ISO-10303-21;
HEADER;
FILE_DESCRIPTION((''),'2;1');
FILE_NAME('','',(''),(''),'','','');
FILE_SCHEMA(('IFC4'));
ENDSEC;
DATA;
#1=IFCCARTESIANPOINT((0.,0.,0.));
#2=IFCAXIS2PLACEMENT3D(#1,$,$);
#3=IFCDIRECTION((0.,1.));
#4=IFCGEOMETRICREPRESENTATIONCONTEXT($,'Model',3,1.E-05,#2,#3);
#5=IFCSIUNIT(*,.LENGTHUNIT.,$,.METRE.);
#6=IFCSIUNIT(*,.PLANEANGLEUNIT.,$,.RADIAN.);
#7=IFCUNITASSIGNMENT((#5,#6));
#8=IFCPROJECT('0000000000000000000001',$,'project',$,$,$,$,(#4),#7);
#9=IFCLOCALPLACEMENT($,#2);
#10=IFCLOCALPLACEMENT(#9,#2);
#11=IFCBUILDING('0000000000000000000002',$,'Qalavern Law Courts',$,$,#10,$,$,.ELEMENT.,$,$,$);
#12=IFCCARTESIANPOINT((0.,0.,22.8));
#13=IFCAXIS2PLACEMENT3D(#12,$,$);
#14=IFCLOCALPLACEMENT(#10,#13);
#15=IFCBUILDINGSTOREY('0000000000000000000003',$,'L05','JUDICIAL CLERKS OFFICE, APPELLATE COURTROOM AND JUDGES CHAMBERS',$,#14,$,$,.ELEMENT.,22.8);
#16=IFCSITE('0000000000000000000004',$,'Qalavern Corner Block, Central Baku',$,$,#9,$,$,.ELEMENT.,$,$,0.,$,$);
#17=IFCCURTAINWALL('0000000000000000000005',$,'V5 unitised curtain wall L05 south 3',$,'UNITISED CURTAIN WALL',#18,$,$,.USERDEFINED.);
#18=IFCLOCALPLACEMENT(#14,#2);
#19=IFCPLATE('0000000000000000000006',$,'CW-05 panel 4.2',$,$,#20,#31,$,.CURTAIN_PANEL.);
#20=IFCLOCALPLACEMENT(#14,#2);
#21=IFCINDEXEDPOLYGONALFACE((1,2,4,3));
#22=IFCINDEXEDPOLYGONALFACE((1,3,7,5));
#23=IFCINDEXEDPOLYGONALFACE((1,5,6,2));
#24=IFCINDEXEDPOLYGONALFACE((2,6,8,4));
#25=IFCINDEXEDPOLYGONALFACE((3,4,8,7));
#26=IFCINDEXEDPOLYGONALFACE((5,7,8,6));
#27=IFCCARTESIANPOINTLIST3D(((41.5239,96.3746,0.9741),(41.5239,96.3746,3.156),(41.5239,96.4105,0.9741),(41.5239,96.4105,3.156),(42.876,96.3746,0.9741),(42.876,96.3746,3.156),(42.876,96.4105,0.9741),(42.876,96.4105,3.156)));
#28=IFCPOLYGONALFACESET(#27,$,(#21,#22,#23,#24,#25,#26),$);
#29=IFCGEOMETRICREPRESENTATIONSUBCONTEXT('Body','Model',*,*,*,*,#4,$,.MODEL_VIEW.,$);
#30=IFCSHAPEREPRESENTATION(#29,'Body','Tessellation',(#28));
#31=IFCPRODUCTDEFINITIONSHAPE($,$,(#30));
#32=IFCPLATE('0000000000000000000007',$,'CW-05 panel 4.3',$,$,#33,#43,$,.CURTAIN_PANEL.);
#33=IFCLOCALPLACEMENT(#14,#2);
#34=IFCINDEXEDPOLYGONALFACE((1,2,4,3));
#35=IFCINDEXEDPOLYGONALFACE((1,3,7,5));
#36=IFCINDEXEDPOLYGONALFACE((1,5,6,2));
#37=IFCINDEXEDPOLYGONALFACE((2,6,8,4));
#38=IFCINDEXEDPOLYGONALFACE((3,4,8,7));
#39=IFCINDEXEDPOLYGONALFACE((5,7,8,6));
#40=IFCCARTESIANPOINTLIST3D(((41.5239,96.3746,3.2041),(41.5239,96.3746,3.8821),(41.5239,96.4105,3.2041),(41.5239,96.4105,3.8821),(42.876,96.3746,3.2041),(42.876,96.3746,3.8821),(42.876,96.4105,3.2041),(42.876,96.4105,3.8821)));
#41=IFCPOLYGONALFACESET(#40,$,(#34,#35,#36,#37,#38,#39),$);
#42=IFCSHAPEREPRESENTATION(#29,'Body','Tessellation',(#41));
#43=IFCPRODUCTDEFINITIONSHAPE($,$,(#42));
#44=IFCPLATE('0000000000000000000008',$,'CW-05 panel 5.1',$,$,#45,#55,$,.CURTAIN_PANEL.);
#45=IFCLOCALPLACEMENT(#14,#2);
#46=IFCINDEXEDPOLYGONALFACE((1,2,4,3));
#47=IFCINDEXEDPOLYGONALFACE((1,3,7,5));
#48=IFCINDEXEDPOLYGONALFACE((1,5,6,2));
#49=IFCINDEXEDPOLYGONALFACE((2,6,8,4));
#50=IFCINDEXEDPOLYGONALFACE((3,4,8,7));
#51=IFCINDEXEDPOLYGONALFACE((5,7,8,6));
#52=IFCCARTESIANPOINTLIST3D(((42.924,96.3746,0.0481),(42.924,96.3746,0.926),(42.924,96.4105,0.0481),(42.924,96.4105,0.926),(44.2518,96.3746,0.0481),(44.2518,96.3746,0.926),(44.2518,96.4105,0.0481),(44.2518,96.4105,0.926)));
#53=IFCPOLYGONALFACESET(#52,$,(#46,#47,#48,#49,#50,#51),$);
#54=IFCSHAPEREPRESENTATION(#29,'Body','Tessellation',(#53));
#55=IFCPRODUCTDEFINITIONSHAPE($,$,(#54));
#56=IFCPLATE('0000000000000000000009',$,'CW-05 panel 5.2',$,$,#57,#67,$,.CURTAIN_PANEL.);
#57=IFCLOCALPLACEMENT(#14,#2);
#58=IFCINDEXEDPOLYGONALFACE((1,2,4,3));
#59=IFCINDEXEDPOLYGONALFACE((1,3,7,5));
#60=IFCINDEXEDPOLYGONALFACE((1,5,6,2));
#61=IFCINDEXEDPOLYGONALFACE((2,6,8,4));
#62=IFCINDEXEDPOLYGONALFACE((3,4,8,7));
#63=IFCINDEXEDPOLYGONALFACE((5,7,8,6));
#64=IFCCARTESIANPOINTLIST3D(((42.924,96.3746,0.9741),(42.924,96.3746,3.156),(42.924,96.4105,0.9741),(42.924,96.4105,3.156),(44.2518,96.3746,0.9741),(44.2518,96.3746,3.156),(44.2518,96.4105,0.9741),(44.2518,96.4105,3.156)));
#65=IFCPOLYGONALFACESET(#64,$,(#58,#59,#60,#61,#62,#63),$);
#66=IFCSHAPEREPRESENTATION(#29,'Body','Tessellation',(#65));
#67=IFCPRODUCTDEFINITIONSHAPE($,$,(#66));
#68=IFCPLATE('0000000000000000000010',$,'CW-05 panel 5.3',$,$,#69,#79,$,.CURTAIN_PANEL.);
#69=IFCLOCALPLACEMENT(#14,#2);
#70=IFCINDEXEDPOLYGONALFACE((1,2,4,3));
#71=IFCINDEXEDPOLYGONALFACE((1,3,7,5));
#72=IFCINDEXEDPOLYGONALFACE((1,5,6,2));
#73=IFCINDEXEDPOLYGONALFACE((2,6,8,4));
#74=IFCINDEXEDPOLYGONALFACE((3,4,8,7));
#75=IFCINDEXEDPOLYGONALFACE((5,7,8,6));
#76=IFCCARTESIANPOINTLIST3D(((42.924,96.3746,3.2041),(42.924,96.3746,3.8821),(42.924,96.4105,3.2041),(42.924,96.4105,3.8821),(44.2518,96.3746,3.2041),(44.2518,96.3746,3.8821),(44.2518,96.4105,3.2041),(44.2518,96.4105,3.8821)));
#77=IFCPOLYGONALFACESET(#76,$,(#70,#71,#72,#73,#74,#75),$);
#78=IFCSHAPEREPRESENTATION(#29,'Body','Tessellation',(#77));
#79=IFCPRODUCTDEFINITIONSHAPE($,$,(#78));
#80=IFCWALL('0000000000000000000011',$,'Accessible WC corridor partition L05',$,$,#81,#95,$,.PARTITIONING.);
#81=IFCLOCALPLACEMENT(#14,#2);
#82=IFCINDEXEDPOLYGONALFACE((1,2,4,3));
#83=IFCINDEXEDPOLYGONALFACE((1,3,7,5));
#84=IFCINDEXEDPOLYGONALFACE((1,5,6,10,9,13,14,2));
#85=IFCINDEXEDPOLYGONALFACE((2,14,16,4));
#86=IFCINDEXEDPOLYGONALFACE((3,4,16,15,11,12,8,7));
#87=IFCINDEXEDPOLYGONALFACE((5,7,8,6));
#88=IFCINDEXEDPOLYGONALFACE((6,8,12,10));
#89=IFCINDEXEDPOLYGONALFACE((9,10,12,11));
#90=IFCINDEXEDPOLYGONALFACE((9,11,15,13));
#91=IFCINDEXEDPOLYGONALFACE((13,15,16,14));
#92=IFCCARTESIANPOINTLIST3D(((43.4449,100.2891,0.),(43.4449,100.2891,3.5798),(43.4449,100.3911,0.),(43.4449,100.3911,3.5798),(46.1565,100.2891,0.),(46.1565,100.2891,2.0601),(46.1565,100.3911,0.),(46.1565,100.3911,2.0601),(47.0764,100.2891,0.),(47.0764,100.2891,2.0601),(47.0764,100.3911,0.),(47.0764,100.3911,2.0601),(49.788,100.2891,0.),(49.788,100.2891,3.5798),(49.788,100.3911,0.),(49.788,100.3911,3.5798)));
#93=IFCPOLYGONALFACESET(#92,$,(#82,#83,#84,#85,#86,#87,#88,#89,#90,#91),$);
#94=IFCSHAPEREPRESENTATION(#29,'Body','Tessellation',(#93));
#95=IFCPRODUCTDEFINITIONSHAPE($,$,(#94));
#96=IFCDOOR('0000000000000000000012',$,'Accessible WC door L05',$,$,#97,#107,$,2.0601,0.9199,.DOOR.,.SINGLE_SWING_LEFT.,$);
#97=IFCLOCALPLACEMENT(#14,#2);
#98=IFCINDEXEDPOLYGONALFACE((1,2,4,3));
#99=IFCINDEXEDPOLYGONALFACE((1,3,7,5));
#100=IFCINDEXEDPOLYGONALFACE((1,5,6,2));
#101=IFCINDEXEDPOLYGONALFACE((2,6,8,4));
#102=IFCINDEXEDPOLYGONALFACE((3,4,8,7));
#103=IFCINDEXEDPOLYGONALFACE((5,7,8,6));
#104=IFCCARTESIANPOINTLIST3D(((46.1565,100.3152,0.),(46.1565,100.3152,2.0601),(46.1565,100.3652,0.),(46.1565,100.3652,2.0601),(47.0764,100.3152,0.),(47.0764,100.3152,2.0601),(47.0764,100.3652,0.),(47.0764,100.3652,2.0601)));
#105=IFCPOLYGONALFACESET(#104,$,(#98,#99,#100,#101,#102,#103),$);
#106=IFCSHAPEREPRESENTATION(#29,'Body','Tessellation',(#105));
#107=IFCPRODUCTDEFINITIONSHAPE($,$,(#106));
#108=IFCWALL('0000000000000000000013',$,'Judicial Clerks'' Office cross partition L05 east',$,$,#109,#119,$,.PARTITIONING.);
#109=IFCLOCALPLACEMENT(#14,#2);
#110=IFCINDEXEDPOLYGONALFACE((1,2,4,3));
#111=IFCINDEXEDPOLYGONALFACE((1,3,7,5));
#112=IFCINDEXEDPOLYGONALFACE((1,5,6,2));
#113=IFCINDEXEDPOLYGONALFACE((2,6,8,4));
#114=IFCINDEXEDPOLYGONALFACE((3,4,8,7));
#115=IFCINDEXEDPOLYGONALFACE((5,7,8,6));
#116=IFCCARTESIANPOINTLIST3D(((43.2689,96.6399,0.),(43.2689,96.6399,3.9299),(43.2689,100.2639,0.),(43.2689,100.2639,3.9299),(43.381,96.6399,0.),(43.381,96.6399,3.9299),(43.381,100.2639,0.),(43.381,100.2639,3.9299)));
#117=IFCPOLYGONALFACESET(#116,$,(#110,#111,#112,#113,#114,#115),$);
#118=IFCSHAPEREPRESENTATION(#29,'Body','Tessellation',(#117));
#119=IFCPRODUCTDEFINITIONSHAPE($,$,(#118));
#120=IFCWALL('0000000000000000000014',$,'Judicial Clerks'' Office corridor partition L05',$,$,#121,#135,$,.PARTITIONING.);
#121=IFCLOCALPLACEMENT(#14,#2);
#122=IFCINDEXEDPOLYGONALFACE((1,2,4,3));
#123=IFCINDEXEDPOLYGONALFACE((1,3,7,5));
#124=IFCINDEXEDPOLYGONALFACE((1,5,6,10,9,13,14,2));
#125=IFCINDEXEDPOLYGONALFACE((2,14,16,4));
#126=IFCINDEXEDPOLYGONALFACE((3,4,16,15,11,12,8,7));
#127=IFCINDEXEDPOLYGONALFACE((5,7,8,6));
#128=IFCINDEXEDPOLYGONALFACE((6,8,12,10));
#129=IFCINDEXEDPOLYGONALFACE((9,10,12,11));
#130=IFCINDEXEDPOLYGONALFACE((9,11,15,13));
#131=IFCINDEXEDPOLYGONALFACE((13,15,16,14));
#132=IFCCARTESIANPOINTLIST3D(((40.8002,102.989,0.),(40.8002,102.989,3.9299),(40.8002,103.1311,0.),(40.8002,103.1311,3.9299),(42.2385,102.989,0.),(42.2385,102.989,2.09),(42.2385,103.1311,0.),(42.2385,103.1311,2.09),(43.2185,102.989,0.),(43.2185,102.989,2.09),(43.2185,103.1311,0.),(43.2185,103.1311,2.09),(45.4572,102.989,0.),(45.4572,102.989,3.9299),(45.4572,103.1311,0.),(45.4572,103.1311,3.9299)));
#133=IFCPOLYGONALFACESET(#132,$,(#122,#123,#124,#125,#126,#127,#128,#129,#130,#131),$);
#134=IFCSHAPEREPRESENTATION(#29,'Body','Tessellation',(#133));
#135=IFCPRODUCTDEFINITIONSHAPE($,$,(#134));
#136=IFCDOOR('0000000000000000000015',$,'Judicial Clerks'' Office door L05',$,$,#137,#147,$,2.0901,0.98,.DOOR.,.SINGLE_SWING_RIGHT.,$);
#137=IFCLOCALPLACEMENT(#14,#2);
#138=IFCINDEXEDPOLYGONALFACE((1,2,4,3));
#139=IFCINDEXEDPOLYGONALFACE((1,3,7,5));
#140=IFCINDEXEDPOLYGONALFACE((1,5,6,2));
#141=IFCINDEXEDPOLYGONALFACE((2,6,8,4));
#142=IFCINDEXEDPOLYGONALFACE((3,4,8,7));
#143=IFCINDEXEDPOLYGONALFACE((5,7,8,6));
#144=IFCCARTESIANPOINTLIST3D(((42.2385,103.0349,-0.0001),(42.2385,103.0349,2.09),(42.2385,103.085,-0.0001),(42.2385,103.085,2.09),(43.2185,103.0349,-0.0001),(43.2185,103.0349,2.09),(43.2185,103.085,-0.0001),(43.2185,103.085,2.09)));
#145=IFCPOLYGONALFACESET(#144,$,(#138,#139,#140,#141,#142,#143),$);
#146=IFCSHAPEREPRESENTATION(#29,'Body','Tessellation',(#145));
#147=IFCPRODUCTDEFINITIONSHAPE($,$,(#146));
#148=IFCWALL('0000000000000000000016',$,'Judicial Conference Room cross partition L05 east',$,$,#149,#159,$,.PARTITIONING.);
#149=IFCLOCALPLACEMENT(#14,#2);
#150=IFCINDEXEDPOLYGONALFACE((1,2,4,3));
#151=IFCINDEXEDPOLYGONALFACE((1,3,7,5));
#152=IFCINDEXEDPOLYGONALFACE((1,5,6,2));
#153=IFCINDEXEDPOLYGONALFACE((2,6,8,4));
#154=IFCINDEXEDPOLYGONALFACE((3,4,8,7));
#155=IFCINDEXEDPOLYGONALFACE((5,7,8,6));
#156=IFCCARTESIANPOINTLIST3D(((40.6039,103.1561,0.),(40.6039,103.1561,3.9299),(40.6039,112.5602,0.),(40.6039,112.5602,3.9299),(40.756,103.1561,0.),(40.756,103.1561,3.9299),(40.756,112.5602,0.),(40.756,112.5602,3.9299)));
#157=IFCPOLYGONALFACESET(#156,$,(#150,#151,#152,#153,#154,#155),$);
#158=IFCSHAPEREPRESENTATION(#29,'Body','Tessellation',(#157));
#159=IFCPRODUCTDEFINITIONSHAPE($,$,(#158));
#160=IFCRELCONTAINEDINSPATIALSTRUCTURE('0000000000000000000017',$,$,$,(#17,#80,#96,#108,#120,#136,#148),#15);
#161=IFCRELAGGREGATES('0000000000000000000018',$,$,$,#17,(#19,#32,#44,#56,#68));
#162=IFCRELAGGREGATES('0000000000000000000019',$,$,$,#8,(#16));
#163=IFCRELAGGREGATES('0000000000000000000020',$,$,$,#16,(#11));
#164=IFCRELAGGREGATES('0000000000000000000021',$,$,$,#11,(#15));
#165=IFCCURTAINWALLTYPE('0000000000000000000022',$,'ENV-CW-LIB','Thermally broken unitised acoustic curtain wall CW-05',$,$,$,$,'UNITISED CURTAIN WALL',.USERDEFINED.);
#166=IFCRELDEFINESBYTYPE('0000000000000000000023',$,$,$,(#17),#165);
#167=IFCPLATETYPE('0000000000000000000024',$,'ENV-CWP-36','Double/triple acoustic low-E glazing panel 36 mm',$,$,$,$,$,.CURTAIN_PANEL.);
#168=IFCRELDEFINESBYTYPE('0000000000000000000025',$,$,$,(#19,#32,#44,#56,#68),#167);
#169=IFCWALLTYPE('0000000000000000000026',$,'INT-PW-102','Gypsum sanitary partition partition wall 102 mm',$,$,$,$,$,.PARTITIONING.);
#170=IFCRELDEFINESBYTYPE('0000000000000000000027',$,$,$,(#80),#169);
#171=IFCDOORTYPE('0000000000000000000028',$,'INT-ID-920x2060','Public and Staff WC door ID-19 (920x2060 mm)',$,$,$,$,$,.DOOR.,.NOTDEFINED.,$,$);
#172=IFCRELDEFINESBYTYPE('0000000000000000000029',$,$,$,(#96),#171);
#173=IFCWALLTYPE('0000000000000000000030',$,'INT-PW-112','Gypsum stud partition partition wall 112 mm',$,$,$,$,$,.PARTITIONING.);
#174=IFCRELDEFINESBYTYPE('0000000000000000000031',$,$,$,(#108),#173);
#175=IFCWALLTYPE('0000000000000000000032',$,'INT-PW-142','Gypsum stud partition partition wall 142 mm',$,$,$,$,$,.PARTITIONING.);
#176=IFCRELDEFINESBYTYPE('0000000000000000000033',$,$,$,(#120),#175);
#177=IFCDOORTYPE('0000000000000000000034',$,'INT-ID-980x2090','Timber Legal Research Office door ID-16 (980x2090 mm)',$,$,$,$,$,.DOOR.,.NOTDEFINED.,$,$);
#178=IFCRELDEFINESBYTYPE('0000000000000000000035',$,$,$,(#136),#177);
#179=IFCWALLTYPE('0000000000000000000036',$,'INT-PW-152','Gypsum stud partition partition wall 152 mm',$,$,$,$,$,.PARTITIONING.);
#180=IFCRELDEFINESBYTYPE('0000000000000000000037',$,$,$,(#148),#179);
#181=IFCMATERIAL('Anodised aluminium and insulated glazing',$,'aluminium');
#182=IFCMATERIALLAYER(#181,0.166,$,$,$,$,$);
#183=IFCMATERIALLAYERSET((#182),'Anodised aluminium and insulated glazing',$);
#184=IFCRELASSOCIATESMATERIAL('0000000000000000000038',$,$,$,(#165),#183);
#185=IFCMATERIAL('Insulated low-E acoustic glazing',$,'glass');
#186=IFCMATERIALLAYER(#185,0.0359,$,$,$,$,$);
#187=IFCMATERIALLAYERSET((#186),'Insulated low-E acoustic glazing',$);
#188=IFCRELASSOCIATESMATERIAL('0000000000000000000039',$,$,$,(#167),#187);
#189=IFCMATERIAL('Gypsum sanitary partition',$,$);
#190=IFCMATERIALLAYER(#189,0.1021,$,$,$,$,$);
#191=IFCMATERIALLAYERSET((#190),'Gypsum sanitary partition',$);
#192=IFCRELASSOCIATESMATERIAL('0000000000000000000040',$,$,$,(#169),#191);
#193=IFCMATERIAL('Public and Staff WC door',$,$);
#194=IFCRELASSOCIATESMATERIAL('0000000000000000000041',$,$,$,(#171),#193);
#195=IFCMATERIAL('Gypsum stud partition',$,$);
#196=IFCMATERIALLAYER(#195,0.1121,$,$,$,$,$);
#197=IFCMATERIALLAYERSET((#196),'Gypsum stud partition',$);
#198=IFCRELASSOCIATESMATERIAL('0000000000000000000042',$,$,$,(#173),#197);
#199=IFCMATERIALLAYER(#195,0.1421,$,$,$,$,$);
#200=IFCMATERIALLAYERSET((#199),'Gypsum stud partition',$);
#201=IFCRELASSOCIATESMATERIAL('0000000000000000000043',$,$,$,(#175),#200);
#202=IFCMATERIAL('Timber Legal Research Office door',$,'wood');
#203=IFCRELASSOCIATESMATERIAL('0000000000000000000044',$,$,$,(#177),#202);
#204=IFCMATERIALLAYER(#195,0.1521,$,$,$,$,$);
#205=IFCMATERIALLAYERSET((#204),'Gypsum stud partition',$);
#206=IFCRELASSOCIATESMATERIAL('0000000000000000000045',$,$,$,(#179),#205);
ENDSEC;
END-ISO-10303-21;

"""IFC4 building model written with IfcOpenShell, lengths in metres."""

from ifc_helpers import new_model, si_unit, direction, frame, frame_2d, origin, origin_2d, place, context, subcontext, project, spatial, rectangle, extrude, material, layer, layer_set, type_object, element, fill, aggregate, save


model = new_model("IFC4")

# Units and contexts
model_context = context("Model", 3, precision=1e-05, world=origin(), true_north=direction((0.0, 1.0)))
body_context = subcontext(model_context, "Body", "Model", "MODEL_VIEW")
ifc_project = project(units=[si_unit("LENGTHUNIT", "METRE"), si_unit("PLANEANGLEUNIT", "RADIAN")], contexts=[model_context])

# Site, building, storey
site_placement = place(None, origin())
site = spatial("IfcSite", under=ifc_project, at=site_placement, Name="Qalavern Corner Block, Central Baku", CompositionType="ELEMENT", RefElevation=0.0)
building_placement = place(site_placement, origin())
building = spatial("IfcBuilding", under=site, at=building_placement, Name="Qalavern Law Courts", CompositionType="ELEMENT")
storey_placement = place(building_placement, frame((0.0, 0.0, 22.8)))
storey = spatial("IfcBuildingStorey", under=building, at=storey_placement, Name="L05", Description="JUDICIAL CLERKS OFFICE, APPELLATE COURTROOM AND JUDGES CHAMBERS", CompositionType="ELEMENT", Elevation=22.8)

# Curtain wall, plates
ifc_material_1 = material(Name="Anodised aluminium and insulated glazing", Category="aluminium")
ifc_layer_1 = layer(ifc_material_1, 0.166)
ifc_layer_set_1 = layer_set([ifc_layer_1], Name="Anodised aluminium and insulated glazing")
curtain_wall_type = type_object("IfcCurtainWallType", Name="ENV-CW-LIB", Description="Thermally broken unitised acoustic curtain wall CW-05", ElementType="UNITISED CURTAIN WALL", PredefinedType="USERDEFINED", material=ifc_layer_set_1)
curtain_wall_placement = place(storey_placement, origin())
curtain_wall = element("IfcCurtainWall", 1, at=curtain_wall_placement, inside=storey, type_object=curtain_wall_type, Name="V5 unitised curtain wall L05 south 3", ObjectType="UNITISED CURTAIN WALL", PredefinedType="USERDEFINED")
ifc_material_2 = material(Name="Insulated low-E acoustic glazing", Category="glass")
ifc_layer_2 = layer(ifc_material_2, 0.0359)
ifc_layer_set_2 = layer_set([ifc_layer_2], Name="Insulated low-E acoustic glazing")
plate_type = type_object("IfcPlateType", Name="ENV-CWP-36", Description="Double/triple acoustic low-E glazing panel 36 mm", PredefinedType="CURTAIN_PANEL", material=ifc_layer_set_2)
plate_1_placement = place(storey_placement, frame((42.2, 96.3926, 0.9741), z_axis=(0.0, 0.0, 1.0), x_axis=(1.0, 0.0, 0.0)))
plate_1 = element("IfcPlate", 2, at=plate_1_placement, type_object=plate_type, Name="CW-05 panel 4.2", PredefinedType="CURTAIN_PANEL", context=body_context, shape_type="SweptSolid", body=[
    extrude(rectangle(XDim=1.3521, YDim=0.0359, at=origin_2d()), origin(), (0.0, 0.0, 1.0), 2.1819),
])
plate_2_placement = place(storey_placement, frame((42.2, 96.3926, 3.2041), z_axis=(0.0, 0.0, 1.0), x_axis=(1.0, 0.0, 0.0)))
plate_2 = element("IfcPlate", 3, at=plate_2_placement, type_object=plate_type, Name="CW-05 panel 4.3", PredefinedType="CURTAIN_PANEL", context=body_context, shape_type="SweptSolid", body=[
    extrude(rectangle(XDim=1.3521, YDim=0.0359, at=origin_2d()), origin(), (0.0, 0.0, 1.0), 0.678),
])
plate_3_placement = place(storey_placement, frame((43.5879, 96.3926, 0.0481), z_axis=(0.0, 0.0, 1.0), x_axis=(1.0, 0.0, 0.0)))
plate_3 = element("IfcPlate", 4, at=plate_3_placement, type_object=plate_type, Name="CW-05 panel 5.1", PredefinedType="CURTAIN_PANEL", context=body_context, shape_type="SweptSolid", body=[
    extrude(rectangle(XDim=1.3279, YDim=0.0359, at=origin_2d()), origin(), (0.0, 0.0, 1.0), 0.8779),
])
plate_4_placement = place(storey_placement, frame((43.5879, 96.3926, 0.9741), z_axis=(0.0, 0.0, 1.0), x_axis=(1.0, 0.0, 0.0)))
plate_4 = element("IfcPlate", 5, at=plate_4_placement, type_object=plate_type, Name="CW-05 panel 5.2", PredefinedType="CURTAIN_PANEL", context=body_context, shape_type="SweptSolid", body=[
    extrude(rectangle(XDim=1.3279, YDim=0.0359, at=origin_2d()), origin(), (0.0, 0.0, 1.0), 2.1819),
])
plate_5_placement = place(storey_placement, frame((43.5879, 96.3926, 3.2041), z_axis=(0.0, 0.0, 1.0), x_axis=(1.0, 0.0, 0.0)))
plate_5 = element("IfcPlate", 6, at=plate_5_placement, type_object=plate_type, Name="CW-05 panel 5.3", PredefinedType="CURTAIN_PANEL", context=body_context, shape_type="SweptSolid", body=[
    extrude(rectangle(XDim=1.3279, YDim=0.0359, at=origin_2d()), origin(), (0.0, 0.0, 1.0), 0.678),
])
aggregate(curtain_wall, [plate_1, plate_2, plate_3, plate_4, plate_5])

# Wall, opening, door
ifc_material_3 = material(Name="Gypsum sanitary partition")
ifc_layer_3 = layer(ifc_material_3, 0.1021)
ifc_layer_set_3 = layer_set([ifc_layer_3], Name="Gypsum sanitary partition")
wall_type_1 = type_object("IfcWallType", Name="INT-PW-102", Description="Gypsum sanitary partition partition wall 102 mm", PredefinedType="PARTITIONING", material=ifc_layer_set_3)
wall_1_placement = place(storey_placement, frame((43.4451, 100.3401, 0.0), z_axis=(0.0, 0.0, 1.0), x_axis=(1.0, 0.0, 0.0)))
wall_1 = element("IfcWall", 7, at=wall_1_placement, inside=storey, type_object=wall_type_1, Name="Accessible WC corridor partition L05", PredefinedType="PARTITIONING", context=body_context, shape_type="SweptSolid", body=[
    extrude(rectangle(XDim=6.343, YDim=0.1021, at=frame_2d((3.1714, 0.0))), origin(), (0.0, 0.0, 1.0), 3.5798),
])
opening_1_placement = place(wall_1_placement, frame((2.7114, 0.0, 0.0)))
opening_1 = element("IfcOpeningElement", 8, at=opening_1_placement, cuts=wall_1, PredefinedType="OPENING", context=body_context, shape_type="SweptSolid", body=[
    extrude(rectangle(XDim=0.9199, YDim=2.0601, at=frame_2d((0.46, 1.03))), frame((0.0, 0.0659, 0.0), z_axis=(0.0, -1.0, 0.0), x_axis=(1.0, 0.0, 0.0)), (0.0, 0.0, 1.0), 0.1318),
])
ifc_material_4 = material(Name="Public and Staff WC door")
door_type_1 = type_object("IfcDoorType", Name="INT-ID-920x2060", Description="Public and Staff WC door ID-19 (920x2060 mm)", OperationType="NOTDEFINED", PredefinedType="DOOR", material=ifc_material_4)
door_1_placement = place(opening_1_placement, frame((0.9199, 0.0, 0.0), z_axis=(0.0, 0.0, 1.0), x_axis=(-1.0, 0.0, 0.0)))
door_1 = element("IfcDoor", 9, at=door_1_placement, inside=storey, type_object=door_type_1, Name="Accessible WC door L05", OperationType="SINGLE_SWING_LEFT", OverallHeight=2.0601, OverallWidth=0.9199, PredefinedType="DOOR", context=body_context, shape_type="SweptSolid", body=[
    extrude(rectangle(XDim=0.9199, YDim=2.0601, at=frame_2d((0.46, 1.03))), frame((0.0, 0.0249, 0.0), z_axis=(0.0, -1.0, 0.0), x_axis=(1.0, 0.0, 0.0)), (0.0, 0.0, 1.0), 0.05),
])
fill(opening_1, door_1)

# Wall
ifc_material_5 = material(Name="Gypsum stud partition")
ifc_layer_4 = layer(ifc_material_5, 0.1121)
ifc_layer_set_4 = layer_set([ifc_layer_4], Name="Gypsum stud partition")
wall_type_2 = type_object("IfcWallType", Name="INT-PW-112", Description="Gypsum stud partition partition wall 112 mm", PredefinedType="PARTITIONING", material=ifc_layer_set_4)
wall_2_placement = place(storey_placement, frame((43.325, 96.6399, 0.0), z_axis=(0.0, 0.0, 1.0), x_axis=(0.0, 1.0, 0.0)))
element("IfcWall", 10, at=wall_2_placement, inside=storey, type_object=wall_type_2, Name="Judicial Clerks' Office cross partition L05 east", PredefinedType="PARTITIONING", context=body_context, shape_type="SweptSolid", body=[
    extrude(rectangle(XDim=3.624, YDim=0.1121, at=frame_2d((1.812, 0.0))), origin(), (0.0, 0.0, 1.0), 3.9299),
])

# Wall, opening, door
ifc_layer_5 = layer(ifc_material_5, 0.1421)
ifc_layer_set_5 = layer_set([ifc_layer_5], Name="Gypsum stud partition")
wall_type_3 = type_object("IfcWallType", Name="INT-PW-142", Description="Gypsum stud partition partition wall 142 mm", PredefinedType="PARTITIONING", material=ifc_layer_set_5)
wall_3_placement = place(storey_placement, frame((40.8, 103.0601, 0.0), z_axis=(0.0, 0.0, 1.0), x_axis=(1.0, 0.0, 0.0)))
wall_3 = element("IfcWall", 11, at=wall_3_placement, inside=storey, type_object=wall_type_3, Name="Judicial Clerks' Office corridor partition L05", PredefinedType="PARTITIONING", context=body_context, shape_type="SweptSolid", body=[
    extrude(rectangle(XDim=4.657, YDim=0.1421, at=frame_2d((2.3286, 0.0))), origin(), (0.0, 0.0, 1.0), 3.9299),
])
opening_2_placement = place(wall_3_placement, frame((1.4385, 0.0, 0.0)))
opening_2 = element("IfcOpeningElement", 12, at=opening_2_placement, cuts=wall_3, PredefinedType="OPENING", context=body_context, shape_type="SweptSolid", body=[
    extrude(rectangle(XDim=0.98, YDim=2.0901, at=frame_2d((0.49, 1.0449))), frame((0.0, 0.0859, 0.0), z_axis=(0.0, -1.0, 0.0), x_axis=(1.0, 0.0, 0.0)), (0.0, 0.0, 1.0), 0.1719),
])
ifc_material_6 = material(Name="Timber Legal Research Office door", Category="wood")
door_type_2 = type_object("IfcDoorType", Name="INT-ID-980x2090", Description="Timber Legal Research Office door ID-16 (980x2090 mm)", OperationType="NOTDEFINED", PredefinedType="DOOR", material=ifc_material_6)
door_2_placement = place(opening_2_placement, origin())
door_2 = element("IfcDoor", 13, at=door_2_placement, inside=storey, type_object=door_type_2, Name="Judicial Clerks' Office door L05", OperationType="SINGLE_SWING_RIGHT", OverallHeight=2.0901, OverallWidth=0.98, PredefinedType="DOOR", context=body_context, shape_type="SweptSolid", body=[
    extrude(rectangle(XDim=0.98, YDim=2.0901, at=frame_2d((0.49, 1.0449))), frame((0.0, 0.0249, 0.0), z_axis=(0.0, -1.0, 0.0), x_axis=(1.0, 0.0, 0.0)), (0.0, 0.0, 1.0), 0.05),
])
fill(opening_2, door_2)

# Wall
ifc_layer_6 = layer(ifc_material_5, 0.1521)
ifc_layer_set_6 = layer_set([ifc_layer_6], Name="Gypsum stud partition")
wall_type_4 = type_object("IfcWallType", Name="INT-PW-152", Description="Gypsum stud partition partition wall 152 mm", PredefinedType="PARTITIONING", material=ifc_layer_set_6)
wall_4_placement = place(storey_placement, frame((40.6799, 103.156, 0.0), z_axis=(0.0, 0.0, 1.0), x_axis=(0.0, 1.0, 0.0)))
element("IfcWall", 14, at=wall_4_placement, inside=storey, type_object=wall_type_4, Name="Judicial Conference Room cross partition L05 east", PredefinedType="PARTITIONING", context=body_context, shape_type="SweptSolid", body=[
    extrude(rectangle(XDim=9.4041, YDim=0.1521, at=frame_2d((4.7021, 0.0))), origin(), (0.0, 0.0, 1.0), 3.9299),
])

save(model, "model.ifc")
